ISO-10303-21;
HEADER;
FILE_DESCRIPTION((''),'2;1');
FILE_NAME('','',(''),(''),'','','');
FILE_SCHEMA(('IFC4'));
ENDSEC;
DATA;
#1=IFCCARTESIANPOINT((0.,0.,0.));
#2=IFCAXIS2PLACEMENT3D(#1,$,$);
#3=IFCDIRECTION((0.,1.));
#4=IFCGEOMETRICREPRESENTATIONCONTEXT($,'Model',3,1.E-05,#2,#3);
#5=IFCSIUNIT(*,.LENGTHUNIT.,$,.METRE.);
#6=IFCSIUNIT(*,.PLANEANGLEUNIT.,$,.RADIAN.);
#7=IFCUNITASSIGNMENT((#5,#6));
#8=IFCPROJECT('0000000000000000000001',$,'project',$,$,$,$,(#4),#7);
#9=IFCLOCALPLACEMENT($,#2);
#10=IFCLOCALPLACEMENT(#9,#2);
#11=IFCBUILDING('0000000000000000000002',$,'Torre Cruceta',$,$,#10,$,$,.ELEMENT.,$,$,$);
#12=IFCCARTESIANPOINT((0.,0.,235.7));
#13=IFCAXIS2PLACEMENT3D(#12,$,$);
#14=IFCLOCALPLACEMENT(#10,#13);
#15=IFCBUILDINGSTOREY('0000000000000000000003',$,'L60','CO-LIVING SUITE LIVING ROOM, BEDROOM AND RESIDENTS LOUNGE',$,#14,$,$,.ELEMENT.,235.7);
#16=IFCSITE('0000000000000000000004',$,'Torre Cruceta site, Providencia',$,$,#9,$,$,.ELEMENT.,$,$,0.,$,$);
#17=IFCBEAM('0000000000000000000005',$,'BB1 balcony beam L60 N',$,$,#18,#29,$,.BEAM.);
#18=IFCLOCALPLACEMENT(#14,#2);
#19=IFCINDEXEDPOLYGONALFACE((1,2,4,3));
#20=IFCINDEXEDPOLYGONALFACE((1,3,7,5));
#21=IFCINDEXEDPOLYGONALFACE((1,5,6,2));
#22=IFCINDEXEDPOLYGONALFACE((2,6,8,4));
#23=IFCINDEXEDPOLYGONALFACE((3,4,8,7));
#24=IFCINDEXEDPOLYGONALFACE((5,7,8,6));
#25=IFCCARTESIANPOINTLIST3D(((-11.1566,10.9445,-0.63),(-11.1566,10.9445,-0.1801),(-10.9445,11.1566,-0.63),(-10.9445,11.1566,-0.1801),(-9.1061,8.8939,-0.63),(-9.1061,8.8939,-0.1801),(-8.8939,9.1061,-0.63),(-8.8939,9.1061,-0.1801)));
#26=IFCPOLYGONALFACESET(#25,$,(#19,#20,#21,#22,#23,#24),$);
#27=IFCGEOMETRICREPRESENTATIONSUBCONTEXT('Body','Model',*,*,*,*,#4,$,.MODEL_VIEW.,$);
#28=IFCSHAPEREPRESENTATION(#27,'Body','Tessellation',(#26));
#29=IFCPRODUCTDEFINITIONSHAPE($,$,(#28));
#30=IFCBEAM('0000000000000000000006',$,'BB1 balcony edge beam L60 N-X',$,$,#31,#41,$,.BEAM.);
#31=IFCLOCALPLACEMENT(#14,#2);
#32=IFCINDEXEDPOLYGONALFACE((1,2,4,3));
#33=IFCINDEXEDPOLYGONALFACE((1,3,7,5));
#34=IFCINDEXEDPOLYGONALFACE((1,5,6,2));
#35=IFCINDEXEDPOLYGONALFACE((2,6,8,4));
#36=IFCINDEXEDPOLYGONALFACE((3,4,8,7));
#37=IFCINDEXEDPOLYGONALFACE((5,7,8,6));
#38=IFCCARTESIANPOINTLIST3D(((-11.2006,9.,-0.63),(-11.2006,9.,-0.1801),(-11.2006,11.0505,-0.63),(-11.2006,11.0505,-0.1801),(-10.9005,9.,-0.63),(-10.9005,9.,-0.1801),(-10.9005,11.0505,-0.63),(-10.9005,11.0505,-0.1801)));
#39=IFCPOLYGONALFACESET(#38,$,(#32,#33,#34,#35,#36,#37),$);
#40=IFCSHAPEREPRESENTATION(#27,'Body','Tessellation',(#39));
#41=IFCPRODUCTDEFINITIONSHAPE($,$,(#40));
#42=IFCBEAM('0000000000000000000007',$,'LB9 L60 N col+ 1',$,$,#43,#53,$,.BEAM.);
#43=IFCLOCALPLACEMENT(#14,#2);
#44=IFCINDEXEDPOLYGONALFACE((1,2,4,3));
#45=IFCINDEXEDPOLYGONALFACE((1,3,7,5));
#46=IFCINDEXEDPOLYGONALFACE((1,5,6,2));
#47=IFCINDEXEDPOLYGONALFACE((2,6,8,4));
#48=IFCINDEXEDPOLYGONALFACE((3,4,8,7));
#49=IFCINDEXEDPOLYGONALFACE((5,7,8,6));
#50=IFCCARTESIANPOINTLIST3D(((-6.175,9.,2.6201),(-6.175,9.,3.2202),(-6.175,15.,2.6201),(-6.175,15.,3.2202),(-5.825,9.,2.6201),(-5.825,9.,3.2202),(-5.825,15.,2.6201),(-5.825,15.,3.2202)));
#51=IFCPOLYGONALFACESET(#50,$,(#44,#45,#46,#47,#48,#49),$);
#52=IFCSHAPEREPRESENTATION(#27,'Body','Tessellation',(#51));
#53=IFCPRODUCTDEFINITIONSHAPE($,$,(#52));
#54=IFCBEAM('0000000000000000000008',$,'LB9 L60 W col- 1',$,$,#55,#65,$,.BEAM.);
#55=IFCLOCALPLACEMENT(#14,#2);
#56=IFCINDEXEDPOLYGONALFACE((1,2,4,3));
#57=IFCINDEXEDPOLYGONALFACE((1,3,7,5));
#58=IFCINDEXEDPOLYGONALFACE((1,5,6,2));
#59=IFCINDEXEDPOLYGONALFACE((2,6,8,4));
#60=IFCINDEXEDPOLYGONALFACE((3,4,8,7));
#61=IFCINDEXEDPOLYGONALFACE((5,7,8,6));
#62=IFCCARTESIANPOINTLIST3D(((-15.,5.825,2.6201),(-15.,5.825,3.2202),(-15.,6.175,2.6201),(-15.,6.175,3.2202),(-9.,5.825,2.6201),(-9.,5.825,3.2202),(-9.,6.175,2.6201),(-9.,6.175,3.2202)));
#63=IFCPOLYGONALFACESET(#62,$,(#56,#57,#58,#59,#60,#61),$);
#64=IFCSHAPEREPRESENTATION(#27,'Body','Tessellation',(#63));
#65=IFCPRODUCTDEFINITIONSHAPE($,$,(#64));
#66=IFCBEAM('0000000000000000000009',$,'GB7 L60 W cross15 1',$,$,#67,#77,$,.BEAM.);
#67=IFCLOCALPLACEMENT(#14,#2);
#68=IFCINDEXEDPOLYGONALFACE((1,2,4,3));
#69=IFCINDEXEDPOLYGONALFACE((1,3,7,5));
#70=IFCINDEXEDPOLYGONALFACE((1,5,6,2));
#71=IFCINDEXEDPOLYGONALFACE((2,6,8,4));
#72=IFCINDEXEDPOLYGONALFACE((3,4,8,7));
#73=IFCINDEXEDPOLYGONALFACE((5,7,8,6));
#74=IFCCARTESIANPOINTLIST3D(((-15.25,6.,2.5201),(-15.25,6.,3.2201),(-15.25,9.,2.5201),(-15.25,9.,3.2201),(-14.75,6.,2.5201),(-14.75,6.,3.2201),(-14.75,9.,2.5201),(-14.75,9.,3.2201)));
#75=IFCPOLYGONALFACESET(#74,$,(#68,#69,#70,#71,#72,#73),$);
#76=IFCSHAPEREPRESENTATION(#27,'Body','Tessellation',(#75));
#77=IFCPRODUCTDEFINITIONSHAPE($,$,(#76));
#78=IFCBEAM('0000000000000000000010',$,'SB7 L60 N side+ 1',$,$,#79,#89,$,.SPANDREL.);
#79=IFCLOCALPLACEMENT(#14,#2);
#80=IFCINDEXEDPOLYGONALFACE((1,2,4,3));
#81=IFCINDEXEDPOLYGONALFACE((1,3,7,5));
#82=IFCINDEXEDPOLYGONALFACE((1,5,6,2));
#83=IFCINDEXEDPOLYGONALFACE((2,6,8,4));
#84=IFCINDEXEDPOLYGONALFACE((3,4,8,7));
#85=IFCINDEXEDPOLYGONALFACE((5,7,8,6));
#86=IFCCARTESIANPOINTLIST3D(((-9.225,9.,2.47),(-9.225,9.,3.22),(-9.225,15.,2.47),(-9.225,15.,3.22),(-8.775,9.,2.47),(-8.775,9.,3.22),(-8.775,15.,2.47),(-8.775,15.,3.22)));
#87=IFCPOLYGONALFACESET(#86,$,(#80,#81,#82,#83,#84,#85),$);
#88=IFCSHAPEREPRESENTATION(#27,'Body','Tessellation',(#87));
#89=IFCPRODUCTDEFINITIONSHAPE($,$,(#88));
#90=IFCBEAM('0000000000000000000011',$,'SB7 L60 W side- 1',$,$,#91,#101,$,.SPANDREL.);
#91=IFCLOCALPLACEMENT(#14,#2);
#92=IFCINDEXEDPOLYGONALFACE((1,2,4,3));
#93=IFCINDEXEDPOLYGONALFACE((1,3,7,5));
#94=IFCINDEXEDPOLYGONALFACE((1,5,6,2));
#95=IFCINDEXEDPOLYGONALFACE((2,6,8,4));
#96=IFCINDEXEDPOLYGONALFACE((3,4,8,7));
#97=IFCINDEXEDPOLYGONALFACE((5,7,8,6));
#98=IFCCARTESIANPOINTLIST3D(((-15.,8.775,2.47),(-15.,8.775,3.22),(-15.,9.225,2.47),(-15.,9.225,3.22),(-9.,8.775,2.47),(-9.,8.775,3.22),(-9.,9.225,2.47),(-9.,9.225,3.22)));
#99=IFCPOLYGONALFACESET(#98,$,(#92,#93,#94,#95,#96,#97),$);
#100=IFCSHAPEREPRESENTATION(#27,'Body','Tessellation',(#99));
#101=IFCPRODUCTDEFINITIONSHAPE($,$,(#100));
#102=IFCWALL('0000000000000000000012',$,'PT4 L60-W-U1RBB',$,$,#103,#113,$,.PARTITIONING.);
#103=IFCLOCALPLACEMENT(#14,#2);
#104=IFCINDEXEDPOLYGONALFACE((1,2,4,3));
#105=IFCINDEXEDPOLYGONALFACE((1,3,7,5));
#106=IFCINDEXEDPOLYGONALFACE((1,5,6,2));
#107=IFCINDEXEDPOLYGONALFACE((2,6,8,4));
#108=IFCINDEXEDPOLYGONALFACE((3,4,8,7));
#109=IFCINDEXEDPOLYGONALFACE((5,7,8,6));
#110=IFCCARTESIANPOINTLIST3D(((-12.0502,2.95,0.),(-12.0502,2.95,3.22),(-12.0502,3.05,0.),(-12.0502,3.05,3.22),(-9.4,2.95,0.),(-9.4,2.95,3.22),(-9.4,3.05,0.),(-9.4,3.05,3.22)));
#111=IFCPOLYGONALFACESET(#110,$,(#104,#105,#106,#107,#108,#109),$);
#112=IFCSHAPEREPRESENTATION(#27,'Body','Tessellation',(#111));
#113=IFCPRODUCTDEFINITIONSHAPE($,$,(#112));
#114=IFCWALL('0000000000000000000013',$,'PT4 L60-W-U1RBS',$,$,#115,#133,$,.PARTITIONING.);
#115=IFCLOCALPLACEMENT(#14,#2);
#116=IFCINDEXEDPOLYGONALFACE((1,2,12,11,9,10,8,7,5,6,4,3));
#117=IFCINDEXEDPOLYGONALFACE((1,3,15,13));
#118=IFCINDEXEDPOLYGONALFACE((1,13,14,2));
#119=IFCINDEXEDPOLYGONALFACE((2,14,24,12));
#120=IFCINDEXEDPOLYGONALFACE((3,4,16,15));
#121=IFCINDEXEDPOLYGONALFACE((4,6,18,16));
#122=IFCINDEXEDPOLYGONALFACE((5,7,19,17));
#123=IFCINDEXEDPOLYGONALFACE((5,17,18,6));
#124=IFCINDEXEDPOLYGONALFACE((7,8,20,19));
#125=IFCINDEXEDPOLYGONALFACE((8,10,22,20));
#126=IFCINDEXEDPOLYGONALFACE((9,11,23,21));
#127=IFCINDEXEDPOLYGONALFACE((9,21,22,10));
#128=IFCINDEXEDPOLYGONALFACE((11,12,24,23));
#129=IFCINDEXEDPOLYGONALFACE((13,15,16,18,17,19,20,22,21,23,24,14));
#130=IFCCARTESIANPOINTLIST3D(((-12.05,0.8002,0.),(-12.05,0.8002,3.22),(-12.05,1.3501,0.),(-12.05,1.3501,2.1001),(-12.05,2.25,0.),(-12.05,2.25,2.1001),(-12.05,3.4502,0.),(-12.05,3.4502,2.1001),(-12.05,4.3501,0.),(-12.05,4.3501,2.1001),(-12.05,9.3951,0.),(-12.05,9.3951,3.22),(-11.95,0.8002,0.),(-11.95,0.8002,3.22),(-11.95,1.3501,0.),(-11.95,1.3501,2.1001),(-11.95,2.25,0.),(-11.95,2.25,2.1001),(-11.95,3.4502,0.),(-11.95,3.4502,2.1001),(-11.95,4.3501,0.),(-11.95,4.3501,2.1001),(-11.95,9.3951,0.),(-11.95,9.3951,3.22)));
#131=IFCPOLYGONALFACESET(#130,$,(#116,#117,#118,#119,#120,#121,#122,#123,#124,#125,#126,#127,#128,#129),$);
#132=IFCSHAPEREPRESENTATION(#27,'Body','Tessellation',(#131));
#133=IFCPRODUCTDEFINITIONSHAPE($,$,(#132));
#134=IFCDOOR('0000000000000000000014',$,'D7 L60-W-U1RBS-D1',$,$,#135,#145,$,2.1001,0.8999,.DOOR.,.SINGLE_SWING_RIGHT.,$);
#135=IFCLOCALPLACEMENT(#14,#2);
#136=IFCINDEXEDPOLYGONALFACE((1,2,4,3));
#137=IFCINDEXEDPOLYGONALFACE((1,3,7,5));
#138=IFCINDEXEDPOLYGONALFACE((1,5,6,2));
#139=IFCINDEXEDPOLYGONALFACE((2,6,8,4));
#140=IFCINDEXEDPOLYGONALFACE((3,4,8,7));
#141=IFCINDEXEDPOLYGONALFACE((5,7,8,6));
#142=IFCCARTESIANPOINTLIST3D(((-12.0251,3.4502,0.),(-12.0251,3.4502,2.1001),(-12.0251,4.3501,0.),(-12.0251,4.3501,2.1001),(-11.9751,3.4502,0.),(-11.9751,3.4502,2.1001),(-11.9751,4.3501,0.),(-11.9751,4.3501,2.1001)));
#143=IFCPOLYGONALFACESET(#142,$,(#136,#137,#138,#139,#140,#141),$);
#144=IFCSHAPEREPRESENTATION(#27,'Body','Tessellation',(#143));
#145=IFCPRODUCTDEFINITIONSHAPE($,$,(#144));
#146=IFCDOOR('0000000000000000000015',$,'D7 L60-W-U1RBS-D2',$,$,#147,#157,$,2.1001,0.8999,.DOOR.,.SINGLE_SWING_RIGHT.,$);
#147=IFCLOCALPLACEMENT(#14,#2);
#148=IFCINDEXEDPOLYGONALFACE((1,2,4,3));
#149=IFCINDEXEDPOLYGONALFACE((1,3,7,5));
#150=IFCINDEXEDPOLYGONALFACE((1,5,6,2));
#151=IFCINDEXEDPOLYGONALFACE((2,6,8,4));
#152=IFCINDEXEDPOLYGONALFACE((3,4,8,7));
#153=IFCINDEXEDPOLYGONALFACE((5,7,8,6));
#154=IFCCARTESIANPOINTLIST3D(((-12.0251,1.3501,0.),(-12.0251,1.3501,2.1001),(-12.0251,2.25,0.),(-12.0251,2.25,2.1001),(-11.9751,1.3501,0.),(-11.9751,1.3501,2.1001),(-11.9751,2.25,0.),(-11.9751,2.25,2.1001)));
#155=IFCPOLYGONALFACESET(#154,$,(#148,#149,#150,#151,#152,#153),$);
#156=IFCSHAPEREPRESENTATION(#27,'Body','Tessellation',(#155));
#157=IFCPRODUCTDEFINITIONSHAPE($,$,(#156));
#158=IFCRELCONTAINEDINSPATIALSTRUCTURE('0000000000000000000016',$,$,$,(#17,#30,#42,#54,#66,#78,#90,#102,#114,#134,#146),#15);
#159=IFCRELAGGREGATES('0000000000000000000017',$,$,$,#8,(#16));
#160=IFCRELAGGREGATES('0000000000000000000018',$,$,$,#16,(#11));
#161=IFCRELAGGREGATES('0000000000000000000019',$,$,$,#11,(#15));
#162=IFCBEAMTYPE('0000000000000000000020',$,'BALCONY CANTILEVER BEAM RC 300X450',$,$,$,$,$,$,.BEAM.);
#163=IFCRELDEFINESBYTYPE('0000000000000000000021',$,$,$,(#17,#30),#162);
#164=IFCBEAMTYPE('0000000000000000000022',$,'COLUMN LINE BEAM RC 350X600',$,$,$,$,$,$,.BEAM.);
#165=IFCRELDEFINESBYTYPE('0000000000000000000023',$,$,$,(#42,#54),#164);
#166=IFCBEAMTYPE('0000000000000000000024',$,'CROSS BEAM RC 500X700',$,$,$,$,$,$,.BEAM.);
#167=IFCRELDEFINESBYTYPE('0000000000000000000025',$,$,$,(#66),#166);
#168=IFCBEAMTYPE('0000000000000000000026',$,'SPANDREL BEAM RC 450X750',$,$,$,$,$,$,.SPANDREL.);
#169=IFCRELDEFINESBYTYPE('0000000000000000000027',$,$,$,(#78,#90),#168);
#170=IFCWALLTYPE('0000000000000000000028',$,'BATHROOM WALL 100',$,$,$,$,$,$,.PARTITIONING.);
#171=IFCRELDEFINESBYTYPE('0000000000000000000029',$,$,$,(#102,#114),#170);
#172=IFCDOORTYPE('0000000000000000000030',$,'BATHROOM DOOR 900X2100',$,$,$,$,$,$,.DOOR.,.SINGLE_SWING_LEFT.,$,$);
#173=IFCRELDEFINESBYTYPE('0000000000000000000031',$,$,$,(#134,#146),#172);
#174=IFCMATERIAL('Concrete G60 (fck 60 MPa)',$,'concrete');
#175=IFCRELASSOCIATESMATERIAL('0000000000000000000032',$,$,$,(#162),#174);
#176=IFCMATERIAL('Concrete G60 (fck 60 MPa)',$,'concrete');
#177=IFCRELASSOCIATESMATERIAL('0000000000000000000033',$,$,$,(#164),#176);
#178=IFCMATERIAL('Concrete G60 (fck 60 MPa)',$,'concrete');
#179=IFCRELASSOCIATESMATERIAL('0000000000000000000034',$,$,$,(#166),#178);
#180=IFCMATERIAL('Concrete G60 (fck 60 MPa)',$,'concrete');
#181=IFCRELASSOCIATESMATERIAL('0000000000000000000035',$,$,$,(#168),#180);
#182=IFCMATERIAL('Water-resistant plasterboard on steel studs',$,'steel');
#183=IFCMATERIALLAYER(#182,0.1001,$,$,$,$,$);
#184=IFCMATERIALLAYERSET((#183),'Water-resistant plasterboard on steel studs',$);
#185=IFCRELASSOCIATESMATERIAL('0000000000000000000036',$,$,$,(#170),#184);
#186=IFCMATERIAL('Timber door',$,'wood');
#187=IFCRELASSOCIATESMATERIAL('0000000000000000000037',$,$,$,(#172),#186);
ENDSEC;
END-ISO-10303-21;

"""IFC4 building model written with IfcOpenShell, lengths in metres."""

from ifc_helpers import new_model, si_unit, direction, frame, frame_2d, origin, origin_2d, place, context, subcontext, project, spatial, rectangle, extrude, material, layer, layer_set, material_profile, profile_set, type_object, element, fill, save


model = new_model("IFC4")

# Units and contexts
model_context = context("Model", 3, precision=1e-05, world=origin(), true_north=direction((0.0, 1.0)))
body_context = subcontext(model_context, "Body", "Model", "MODEL_VIEW")
ifc_project = project(units=[si_unit("LENGTHUNIT", "METRE"), si_unit("PLANEANGLEUNIT", "RADIAN")], contexts=[model_context])

# Site, building, storey
site_placement = place(None, origin())
site = spatial("IfcSite", under=ifc_project, at=site_placement, Name="Torre Cruceta site, Providencia", CompositionType="ELEMENT", RefElevation=0.0)
building_placement = place(site_placement, origin())
building = spatial("IfcBuilding", under=site, at=building_placement, Name="Torre Cruceta", CompositionType="ELEMENT")
storey_placement = place(building_placement, frame((0.0, 0.0, 235.7)))
storey = spatial("IfcBuildingStorey", under=building, at=storey_placement, Name="L60", Description="CO-LIVING SUITE LIVING ROOM, BEDROOM AND RESIDENTS LOUNGE", CompositionType="ELEMENT", Elevation=235.7)

# Beams
ifc_material_1 = material(Name="Concrete G60 (fck 60 MPa)", Category="concrete")
ifc_material_profile_1 = material_profile(ifc_material_1, rectangle(XDim=0.3, YDim=0.45, at=origin_2d()), Name="RC 300X450")
ifc_profile_set_1 = profile_set([ifc_material_profile_1], Name="Concrete G60 (fck 60 MPa)")
beam_type_1 = type_object("IfcBeamType", Name="BALCONY CANTILEVER BEAM RC 300X450", PredefinedType="BEAM", material=ifc_profile_set_1)
beam_1_placement = place(storey_placement, frame((-9.0, 9.0, -0.405), z_axis=(-0.707107, 0.707107, 0.0), x_axis=(-0.707107, -0.707107, 0.0)))
element("IfcBeam", 1, at=beam_1_placement, inside=storey, type_object=beam_type_1, Name="BB1 balcony beam L60 N", PredefinedType="BEAM", context=body_context, shape_type="SweptSolid", body=[
    extrude(rectangle(XDim=0.3, YDim=0.45, at=origin_2d()), origin(), (0.0, 0.0, 1.0), 2.8999),
])
beam_2_placement = place(storey_placement, frame((-11.0505, 9.0, -0.405), z_axis=(0.0, 1.0, 0.0), x_axis=(-1.0, 0.0, 0.0)))
element("IfcBeam", 2, at=beam_2_placement, inside=storey, type_object=beam_type_1, Name="BB1 balcony edge beam L60 N-X", PredefinedType="BEAM", context=body_context, shape_type="SweptSolid", body=[
    extrude(rectangle(XDim=0.3, YDim=0.45, at=origin_2d()), origin(), (0.0, 0.0, 1.0), 2.0505),
])
ifc_material_2 = material(Name="Concrete G60 (fck 60 MPa)", Category="concrete")
ifc_material_profile_2 = material_profile(ifc_material_2, rectangle(XDim=0.3501, YDim=0.6001, at=origin_2d()), Name="RC 350X600")
ifc_profile_set_2 = profile_set([ifc_material_profile_2], Name="Concrete G60 (fck 60 MPa)")
beam_type_2 = type_object("IfcBeamType", Name="COLUMN LINE BEAM RC 350X600", PredefinedType="BEAM", material=ifc_profile_set_2)
for number, where, z_axis, x_axis, name in (
    (3, (-6.0, 9.0, 2.9202), (0.0, 1.0, 0.0), (-1.0, 0.0, 0.0), "LB9 L60 N col+ 1"),
    (4, (-9.0, 6.0, 2.9202), (-1.0, 0.0, 0.0), (0.0, -1.0, 0.0), "LB9 L60 W col- 1"),
):
    element("IfcBeam", number, at=place(storey_placement, frame(where, z_axis=z_axis, x_axis=x_axis)), inside=storey, type_object=beam_type_2, Name=name, PredefinedType="BEAM", context=body_context, shape_type="SweptSolid", body=[
        extrude(rectangle(XDim=0.3501, YDim=0.6001, at=origin_2d()), origin(), (0.0, 0.0, 1.0), 6.0),
    ])
ifc_material_3 = material(Name="Concrete G60 (fck 60 MPa)", Category="concrete")
ifc_material_profile_3 = material_profile(ifc_material_3, rectangle(XDim=0.5, YDim=0.7, at=origin_2d()), Name="RC 500X700")
ifc_profile_set_3 = profile_set([ifc_material_profile_3], Name="Concrete G60 (fck 60 MPa)")
beam_type_3 = type_object("IfcBeamType", Name="CROSS BEAM RC 500X700", PredefinedType="BEAM", material=ifc_profile_set_3)
beam_3_placement = place(storey_placement, frame((-15.0, 9.0, 2.8701), z_axis=(0.0, -1.0, 0.0), x_axis=(1.0, 0.0, 0.0)))
element("IfcBeam", 5, at=beam_3_placement, inside=storey, type_object=beam_type_3, Name="GB7 L60 W cross15 1", PredefinedType="BEAM", context=body_context, shape_type="SweptSolid", body=[
    extrude(rectangle(XDim=0.5, YDim=0.7, at=origin_2d()), origin(), (0.0, 0.0, 1.0), 3.0),
])
ifc_material_4 = material(Name="Concrete G60 (fck 60 MPa)", Category="concrete")
ifc_material_profile_4 = material_profile(ifc_material_4, rectangle(XDim=0.45, YDim=0.75, at=origin_2d()), Name="RC 450X750")
ifc_profile_set_4 = profile_set([ifc_material_profile_4], Name="Concrete G60 (fck 60 MPa)")
beam_type_4 = type_object("IfcBeamType", Name="SPANDREL BEAM RC 450X750", PredefinedType="SPANDREL", material=ifc_profile_set_4)
for number, where, z_axis, x_axis, name in (
    (6, (-9.0, 9.0, 2.845), (0.0, 1.0, 0.0), (-1.0, 0.0, 0.0), "SB7 L60 N side+ 1"),
    (7, (-9.0, 9.0, 2.845), (-1.0, 0.0, 0.0), (0.0, -1.0, 0.0), "SB7 L60 W side- 1"),
):
    element("IfcBeam", number, at=place(storey_placement, frame(where, z_axis=z_axis, x_axis=x_axis)), inside=storey, type_object=beam_type_4, Name=name, PredefinedType="SPANDREL", context=body_context, shape_type="SweptSolid", body=[
        extrude(rectangle(XDim=0.45, YDim=0.75, at=origin_2d()), origin(), (0.0, 0.0, 1.0), 6.0),
    ])

# Wall
ifc_material_5 = material(Name="Water-resistant plasterboard on steel studs", Category="steel")
ifc_layer_1 = layer(ifc_material_5, 0.1001)
ifc_layer_set_1 = layer_set([ifc_layer_1], Name="Water-resistant plasterboard on steel studs")
wall_type_1 = type_object("IfcWallType", Name="BATHROOM WALL 100", PredefinedType="PARTITIONING", material=ifc_layer_set_1)
wall_1_placement = place(storey_placement, frame((-9.3999, 3.0, 0.0), z_axis=(0.0, 0.0, 1.0), x_axis=(-1.0, 0.0, 0.0)))
element("IfcWall", 8, at=wall_1_placement, inside=storey, type_object=wall_type_1, Name="PT4 L60-W-U1RBB", PredefinedType="PARTITIONING", context=body_context, shape_type="SweptSolid", body=[
    extrude(rectangle(XDim=2.6501, YDim=0.1001, at=frame_2d((1.3252, 0.0))), origin(), (0.0, 0.0, 1.0), 3.22),
])

# Wall, openings, doors
wall_2_placement = place(storey_placement, frame((-12.0, 9.395, 0.0), z_axis=(0.0, 0.0, 1.0), x_axis=(0.0, -1.0, 0.0)))
wall_2 = element("IfcWall", 9, at=wall_2_placement, inside=storey, type_object=wall_type_1, Name="PT4 L60-W-U1RBS", PredefinedType="PARTITIONING", context=body_context, shape_type="SweptSolid", body=[
    extrude(rectangle(XDim=8.595, YDim=0.1001, at=frame_2d((4.2974, 0.0))), origin(), (0.0, 0.0, 1.0), 3.22),
])
opening_1_placement = place(wall_2_placement, frame((5.0449, 0.0, 0.0)))
opening_1 = element("IfcOpeningElement", 10, at=opening_1_placement, cuts=wall_2, PredefinedType="OPENING", context=body_context, shape_type="SweptSolid", body=[
    extrude(rectangle(XDim=0.8999, YDim=2.1001, at=frame_2d((0.45, 1.05))), frame((0.0, 0.0601, 0.0), z_axis=(0.0, -1.0, 0.0), x_axis=(1.0, 0.0, 0.0)), (0.0, 0.0, 1.0), 0.1201),
])
opening_2_placement = place(wall_2_placement, frame((7.145, 0.0, 0.0)))
opening_2 = element("IfcOpeningElement", 11, at=opening_2_placement, cuts=wall_2, PredefinedType="OPENING", context=body_context, shape_type="SweptSolid", body=[
    extrude(rectangle(XDim=0.8999, YDim=2.1001, at=frame_2d((0.45, 1.05))), frame((0.0, 0.0601, 0.0), z_axis=(0.0, -1.0, 0.0), x_axis=(1.0, 0.0, 0.0)), (0.0, 0.0, 1.0), 0.1201),
])
ifc_material_6 = material(Name="Timber door", Category="wood")
door_type_1 = type_object("IfcDoorType", Name="BATHROOM DOOR 900X2100", OperationType="SINGLE_SWING_LEFT", PredefinedType="DOOR", material=ifc_material_6)
door_1_placement = place(opening_1_placement, origin())
door_1 = element("IfcDoor", 12, at=door_1_placement, inside=storey, type_object=door_type_1, Name="D7 L60-W-U1RBS-D1", OperationType="SINGLE_SWING_RIGHT", OverallHeight=2.1001, OverallWidth=0.8999, PredefinedType="DOOR", context=body_context, shape_type="SweptSolid", body=[
    extrude(rectangle(XDim=0.8999, YDim=2.1001, at=frame_2d((0.45, 1.05))), frame((0.0, 0.0249, 0.0), z_axis=(0.0, -1.0, 0.0), x_axis=(1.0, 0.0, 0.0)), (0.0, 0.0, 1.0), 0.05),
])
fill(opening_1, door_1)
door_2_placement = place(opening_2_placement, origin())
door_2 = element("IfcDoor", 13, at=door_2_placement, inside=storey, type_object=door_type_1, Name="D7 L60-W-U1RBS-D2", OperationType="SINGLE_SWING_RIGHT", OverallHeight=2.1001, OverallWidth=0.8999, PredefinedType="DOOR", context=body_context, shape_type="SweptSolid", body=[
    extrude(rectangle(XDim=0.8999, YDim=2.1001, at=frame_2d((0.45, 1.05))), frame((0.0, 0.0249, 0.0), z_axis=(0.0, -1.0, 0.0), x_axis=(1.0, 0.0, 0.0)), (0.0, 0.0, 1.0), 0.05),
])
fill(opening_2, door_2)

save(model, "model.ifc")
